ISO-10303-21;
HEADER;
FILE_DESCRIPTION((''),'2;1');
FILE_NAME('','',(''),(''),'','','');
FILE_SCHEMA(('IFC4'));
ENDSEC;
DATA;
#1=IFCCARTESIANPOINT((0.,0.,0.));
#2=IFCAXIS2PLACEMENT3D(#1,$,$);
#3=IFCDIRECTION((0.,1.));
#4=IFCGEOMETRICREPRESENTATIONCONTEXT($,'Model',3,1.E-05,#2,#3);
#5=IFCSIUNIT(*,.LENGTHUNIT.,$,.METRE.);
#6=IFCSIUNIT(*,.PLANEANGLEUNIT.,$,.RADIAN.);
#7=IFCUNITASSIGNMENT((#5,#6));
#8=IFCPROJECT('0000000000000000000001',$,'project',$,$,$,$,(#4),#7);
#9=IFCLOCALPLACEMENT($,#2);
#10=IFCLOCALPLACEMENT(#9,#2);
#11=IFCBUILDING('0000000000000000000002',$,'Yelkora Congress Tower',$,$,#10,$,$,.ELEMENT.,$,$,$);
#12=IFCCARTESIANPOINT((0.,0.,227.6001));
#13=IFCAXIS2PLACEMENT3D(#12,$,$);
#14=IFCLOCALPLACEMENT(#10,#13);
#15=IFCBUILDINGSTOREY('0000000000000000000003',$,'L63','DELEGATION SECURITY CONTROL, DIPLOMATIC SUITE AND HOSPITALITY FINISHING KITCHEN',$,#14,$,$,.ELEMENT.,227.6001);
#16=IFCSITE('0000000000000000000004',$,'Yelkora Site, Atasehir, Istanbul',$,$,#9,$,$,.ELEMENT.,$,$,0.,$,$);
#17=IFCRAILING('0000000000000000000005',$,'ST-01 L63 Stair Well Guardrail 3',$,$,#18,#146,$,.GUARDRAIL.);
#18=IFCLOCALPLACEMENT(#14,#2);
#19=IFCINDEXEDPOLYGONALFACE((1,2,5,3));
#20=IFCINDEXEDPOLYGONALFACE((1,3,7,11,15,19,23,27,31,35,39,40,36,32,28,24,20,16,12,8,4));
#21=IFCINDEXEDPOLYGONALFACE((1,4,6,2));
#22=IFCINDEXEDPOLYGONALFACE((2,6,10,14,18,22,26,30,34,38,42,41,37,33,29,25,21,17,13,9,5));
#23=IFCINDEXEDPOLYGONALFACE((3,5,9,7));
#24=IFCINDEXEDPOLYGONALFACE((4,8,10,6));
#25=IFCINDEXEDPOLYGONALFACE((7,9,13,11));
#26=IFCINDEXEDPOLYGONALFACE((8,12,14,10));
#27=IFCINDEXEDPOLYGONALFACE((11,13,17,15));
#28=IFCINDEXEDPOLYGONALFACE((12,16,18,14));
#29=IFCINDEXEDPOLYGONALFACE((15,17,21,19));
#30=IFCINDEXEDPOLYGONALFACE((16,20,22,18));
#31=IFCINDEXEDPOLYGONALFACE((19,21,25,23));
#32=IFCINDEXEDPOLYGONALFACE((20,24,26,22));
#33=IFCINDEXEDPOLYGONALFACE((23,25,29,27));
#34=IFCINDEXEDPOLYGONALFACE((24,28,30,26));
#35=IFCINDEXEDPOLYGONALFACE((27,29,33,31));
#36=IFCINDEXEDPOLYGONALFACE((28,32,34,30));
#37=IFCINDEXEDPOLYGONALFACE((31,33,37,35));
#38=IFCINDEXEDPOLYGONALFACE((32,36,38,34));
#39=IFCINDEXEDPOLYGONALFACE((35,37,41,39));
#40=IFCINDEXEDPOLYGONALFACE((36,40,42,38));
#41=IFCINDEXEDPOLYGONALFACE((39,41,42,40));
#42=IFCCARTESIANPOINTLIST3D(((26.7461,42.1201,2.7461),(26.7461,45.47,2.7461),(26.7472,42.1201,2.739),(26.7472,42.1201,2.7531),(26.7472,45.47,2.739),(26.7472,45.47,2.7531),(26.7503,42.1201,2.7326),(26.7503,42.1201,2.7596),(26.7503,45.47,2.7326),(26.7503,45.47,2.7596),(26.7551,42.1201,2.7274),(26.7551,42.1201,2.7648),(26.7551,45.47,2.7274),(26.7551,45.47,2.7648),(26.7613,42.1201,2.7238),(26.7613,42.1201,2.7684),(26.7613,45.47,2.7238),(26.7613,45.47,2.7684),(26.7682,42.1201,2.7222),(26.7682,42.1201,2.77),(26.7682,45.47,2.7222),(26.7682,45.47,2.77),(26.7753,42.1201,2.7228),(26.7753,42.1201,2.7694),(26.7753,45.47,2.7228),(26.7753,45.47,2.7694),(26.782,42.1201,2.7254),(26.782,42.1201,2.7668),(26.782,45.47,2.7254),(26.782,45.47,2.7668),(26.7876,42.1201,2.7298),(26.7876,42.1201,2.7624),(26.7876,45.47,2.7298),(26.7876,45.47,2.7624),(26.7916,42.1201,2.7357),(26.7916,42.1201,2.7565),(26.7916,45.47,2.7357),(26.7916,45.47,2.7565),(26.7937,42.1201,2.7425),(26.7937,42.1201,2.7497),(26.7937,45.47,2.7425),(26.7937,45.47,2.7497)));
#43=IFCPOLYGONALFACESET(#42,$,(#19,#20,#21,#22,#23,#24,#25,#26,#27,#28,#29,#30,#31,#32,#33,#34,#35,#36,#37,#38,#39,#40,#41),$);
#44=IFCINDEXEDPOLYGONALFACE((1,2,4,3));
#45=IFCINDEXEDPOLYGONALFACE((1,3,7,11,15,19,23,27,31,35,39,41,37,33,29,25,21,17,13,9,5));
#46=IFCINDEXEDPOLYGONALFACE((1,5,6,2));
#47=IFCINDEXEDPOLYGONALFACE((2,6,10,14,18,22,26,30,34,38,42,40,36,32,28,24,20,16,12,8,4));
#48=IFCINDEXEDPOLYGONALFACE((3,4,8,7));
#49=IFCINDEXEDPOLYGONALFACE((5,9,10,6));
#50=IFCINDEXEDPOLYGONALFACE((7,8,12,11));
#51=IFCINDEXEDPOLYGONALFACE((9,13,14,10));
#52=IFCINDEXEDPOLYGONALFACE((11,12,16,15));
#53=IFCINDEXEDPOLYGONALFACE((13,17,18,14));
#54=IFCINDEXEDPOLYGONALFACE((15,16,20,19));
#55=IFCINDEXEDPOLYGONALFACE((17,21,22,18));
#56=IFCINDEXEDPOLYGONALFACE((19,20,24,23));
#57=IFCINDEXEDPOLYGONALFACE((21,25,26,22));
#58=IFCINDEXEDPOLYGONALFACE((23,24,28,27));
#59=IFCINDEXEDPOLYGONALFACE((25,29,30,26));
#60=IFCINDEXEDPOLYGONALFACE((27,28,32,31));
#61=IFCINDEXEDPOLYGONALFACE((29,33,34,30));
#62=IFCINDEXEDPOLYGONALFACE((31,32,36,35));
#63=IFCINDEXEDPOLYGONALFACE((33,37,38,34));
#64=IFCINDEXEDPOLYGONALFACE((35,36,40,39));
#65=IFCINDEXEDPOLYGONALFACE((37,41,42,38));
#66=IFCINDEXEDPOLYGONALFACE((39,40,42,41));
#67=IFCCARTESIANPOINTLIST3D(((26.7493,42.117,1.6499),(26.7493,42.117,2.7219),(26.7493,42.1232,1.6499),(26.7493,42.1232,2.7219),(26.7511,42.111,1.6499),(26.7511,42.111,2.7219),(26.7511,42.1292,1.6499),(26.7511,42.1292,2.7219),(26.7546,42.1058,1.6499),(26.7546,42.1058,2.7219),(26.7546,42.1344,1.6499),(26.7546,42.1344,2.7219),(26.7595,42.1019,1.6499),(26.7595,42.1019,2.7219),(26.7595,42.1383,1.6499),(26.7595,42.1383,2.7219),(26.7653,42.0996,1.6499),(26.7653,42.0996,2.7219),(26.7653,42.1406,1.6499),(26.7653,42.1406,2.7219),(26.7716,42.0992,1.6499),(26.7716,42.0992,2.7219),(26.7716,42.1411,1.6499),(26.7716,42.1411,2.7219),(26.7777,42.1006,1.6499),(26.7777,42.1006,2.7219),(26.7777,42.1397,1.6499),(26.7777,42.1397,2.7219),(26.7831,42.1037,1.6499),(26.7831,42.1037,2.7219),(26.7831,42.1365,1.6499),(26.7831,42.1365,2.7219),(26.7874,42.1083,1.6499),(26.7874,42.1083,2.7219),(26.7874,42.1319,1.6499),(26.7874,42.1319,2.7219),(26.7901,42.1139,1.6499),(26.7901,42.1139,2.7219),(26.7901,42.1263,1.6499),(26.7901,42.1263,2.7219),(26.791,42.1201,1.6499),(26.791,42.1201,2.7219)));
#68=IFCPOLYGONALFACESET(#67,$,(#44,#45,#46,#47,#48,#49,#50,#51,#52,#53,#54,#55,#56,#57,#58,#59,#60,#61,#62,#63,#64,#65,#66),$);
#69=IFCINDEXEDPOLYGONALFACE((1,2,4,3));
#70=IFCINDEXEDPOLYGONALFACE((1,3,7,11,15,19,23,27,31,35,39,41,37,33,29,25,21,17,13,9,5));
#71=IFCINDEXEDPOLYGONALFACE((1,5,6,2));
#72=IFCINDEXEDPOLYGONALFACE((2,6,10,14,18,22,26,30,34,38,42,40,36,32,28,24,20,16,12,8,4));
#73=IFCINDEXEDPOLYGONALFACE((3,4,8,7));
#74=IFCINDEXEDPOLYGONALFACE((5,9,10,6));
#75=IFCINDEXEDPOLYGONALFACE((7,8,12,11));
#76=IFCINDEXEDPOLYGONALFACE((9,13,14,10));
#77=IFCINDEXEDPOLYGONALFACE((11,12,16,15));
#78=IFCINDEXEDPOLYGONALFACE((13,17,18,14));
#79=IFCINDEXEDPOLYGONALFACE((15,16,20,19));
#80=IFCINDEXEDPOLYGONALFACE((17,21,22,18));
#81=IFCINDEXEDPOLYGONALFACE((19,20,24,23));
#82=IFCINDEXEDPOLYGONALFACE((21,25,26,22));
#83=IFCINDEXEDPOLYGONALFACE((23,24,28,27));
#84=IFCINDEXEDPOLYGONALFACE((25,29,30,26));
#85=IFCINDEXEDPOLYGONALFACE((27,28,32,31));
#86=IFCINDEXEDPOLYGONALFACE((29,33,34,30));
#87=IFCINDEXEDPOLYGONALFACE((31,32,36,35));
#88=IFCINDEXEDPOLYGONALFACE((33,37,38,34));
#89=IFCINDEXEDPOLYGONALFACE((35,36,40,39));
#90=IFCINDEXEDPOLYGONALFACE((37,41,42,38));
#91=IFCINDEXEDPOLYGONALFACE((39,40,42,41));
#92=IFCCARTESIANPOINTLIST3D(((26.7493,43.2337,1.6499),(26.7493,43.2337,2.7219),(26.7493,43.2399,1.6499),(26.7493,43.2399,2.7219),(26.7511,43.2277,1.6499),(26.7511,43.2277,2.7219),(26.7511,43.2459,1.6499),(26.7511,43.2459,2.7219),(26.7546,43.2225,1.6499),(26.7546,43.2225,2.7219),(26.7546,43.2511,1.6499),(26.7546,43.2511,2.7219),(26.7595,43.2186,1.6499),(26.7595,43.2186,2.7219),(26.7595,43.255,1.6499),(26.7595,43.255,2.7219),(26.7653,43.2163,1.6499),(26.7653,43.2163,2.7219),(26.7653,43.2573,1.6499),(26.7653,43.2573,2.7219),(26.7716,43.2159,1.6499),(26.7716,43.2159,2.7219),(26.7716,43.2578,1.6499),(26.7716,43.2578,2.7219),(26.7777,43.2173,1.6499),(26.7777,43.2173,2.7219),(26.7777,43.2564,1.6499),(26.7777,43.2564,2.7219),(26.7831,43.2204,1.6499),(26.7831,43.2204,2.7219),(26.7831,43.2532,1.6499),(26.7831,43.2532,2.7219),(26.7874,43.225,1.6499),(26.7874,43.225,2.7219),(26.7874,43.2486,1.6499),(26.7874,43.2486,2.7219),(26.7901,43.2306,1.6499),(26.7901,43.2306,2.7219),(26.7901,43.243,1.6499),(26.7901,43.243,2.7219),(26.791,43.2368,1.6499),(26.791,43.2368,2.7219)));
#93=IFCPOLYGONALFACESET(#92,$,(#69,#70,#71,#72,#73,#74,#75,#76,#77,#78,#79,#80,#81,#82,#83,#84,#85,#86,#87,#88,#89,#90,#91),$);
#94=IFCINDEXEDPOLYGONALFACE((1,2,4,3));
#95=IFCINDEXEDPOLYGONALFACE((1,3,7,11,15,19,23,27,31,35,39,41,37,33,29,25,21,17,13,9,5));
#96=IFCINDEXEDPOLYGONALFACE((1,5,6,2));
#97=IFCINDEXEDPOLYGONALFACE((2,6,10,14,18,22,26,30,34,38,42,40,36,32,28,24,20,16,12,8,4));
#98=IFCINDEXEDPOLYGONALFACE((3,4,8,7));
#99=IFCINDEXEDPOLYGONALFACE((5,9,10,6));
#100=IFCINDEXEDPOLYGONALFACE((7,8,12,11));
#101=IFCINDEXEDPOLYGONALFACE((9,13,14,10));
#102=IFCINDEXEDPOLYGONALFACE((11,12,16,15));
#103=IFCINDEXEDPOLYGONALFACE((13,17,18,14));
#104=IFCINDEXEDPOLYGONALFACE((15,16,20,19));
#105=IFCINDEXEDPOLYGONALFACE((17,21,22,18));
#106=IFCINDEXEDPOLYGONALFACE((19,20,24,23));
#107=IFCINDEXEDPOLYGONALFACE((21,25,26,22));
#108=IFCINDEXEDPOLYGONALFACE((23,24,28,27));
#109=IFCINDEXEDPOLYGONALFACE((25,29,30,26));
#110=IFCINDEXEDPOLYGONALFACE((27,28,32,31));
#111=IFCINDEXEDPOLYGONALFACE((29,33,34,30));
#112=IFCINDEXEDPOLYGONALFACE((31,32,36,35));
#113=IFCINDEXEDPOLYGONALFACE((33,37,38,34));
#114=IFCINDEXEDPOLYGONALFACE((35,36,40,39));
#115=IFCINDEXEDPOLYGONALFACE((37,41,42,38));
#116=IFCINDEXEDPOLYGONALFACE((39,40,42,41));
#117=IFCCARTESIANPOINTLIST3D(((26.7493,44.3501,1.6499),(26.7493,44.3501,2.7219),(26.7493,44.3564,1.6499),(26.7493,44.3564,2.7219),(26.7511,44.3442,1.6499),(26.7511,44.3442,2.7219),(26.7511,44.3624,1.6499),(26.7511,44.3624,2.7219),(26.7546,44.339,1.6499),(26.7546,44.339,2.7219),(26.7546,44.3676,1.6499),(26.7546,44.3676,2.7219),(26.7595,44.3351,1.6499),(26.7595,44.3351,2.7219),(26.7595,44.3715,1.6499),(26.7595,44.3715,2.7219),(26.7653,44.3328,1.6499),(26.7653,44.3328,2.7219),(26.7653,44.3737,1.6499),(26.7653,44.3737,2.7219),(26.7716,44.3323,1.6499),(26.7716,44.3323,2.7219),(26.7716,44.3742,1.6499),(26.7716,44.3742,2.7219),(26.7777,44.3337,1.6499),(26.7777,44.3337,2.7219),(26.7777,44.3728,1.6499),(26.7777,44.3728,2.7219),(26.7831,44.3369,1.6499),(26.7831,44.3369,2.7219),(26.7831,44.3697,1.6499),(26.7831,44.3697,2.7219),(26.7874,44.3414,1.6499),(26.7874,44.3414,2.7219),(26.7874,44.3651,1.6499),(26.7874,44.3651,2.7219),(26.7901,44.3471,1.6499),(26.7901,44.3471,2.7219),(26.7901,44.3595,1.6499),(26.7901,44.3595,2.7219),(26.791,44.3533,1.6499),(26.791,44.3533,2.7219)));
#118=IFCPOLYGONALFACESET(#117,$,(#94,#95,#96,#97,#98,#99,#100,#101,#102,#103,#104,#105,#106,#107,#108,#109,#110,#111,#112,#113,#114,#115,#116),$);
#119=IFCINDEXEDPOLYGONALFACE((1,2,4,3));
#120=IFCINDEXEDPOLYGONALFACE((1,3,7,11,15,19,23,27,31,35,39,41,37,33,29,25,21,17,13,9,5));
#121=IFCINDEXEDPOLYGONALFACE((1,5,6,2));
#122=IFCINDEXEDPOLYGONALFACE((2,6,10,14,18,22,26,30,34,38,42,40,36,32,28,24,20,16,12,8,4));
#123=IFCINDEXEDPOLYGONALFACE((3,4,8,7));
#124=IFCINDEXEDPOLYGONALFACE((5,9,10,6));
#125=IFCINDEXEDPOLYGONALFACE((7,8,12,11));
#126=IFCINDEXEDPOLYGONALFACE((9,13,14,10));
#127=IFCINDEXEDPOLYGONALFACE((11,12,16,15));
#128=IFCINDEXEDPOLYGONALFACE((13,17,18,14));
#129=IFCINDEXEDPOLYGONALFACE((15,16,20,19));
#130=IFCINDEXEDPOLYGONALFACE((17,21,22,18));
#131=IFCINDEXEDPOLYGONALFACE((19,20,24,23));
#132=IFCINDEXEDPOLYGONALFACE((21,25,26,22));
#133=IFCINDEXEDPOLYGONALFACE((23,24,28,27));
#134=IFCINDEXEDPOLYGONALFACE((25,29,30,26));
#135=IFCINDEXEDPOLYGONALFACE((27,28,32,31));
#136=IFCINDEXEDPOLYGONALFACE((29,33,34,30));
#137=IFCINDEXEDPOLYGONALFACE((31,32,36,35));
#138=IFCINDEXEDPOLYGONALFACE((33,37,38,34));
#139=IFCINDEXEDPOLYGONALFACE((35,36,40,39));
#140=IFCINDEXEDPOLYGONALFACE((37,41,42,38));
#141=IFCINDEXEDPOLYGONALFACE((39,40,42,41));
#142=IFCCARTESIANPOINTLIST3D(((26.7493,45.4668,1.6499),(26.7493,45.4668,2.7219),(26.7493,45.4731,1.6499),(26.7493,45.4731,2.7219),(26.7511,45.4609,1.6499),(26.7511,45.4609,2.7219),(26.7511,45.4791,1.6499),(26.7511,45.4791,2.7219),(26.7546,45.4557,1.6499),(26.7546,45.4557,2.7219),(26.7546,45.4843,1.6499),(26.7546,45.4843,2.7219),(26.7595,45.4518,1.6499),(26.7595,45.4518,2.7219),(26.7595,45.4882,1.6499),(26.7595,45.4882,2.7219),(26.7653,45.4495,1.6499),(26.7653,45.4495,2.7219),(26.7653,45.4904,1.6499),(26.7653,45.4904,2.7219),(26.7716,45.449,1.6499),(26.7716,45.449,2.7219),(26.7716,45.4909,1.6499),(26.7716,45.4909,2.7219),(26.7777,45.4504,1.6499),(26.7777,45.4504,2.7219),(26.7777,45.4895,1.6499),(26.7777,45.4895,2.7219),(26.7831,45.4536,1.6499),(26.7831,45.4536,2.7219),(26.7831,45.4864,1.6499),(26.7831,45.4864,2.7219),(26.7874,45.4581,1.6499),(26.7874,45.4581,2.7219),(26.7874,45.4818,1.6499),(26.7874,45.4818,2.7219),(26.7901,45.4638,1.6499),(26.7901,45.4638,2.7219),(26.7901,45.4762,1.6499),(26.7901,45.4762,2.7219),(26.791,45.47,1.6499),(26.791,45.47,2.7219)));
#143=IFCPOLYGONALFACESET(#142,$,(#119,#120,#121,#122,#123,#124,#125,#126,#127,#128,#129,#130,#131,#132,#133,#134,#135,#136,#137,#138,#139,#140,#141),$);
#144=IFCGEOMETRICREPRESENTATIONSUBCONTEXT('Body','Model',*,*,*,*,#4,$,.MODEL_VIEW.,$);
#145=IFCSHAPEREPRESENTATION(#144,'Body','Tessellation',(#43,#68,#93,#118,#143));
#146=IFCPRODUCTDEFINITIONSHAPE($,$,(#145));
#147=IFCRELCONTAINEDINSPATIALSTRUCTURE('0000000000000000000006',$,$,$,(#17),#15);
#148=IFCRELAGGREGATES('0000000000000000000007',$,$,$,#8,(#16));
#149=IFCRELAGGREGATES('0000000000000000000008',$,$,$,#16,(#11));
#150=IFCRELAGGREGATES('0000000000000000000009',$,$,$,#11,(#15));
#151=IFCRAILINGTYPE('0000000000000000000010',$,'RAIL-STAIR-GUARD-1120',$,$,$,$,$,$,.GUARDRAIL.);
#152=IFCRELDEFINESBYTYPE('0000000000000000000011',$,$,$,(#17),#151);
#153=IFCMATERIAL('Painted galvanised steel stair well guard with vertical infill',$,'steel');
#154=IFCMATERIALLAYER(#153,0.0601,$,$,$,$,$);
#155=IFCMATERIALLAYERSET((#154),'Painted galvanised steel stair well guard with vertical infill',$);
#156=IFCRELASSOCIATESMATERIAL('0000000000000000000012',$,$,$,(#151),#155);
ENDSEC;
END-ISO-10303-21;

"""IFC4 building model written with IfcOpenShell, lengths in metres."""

from ifc_helpers import new_model, si_unit, direction, frame, origin, origin_2d, place, context, subcontext, project, spatial, circle, extrude, material, layer, layer_set, type_object, element, save


model = new_model("IFC4")

# Units and contexts
model_context = context("Model", 3, precision=1e-05, world=origin(), true_north=direction((0.0, 1.0)))
body_context = subcontext(model_context, "Body", "Model", "MODEL_VIEW")
ifc_project = project(units=[si_unit("LENGTHUNIT", "METRE"), si_unit("PLANEANGLEUNIT", "RADIAN")], contexts=[model_context])

# Site, building, storey
site_placement = place(None, origin())
site = spatial("IfcSite", under=ifc_project, at=site_placement, Name="Yelkora Site, Atasehir, Istanbul", CompositionType="ELEMENT", RefElevation=0.0)
building_placement = place(site_placement, origin())
building = spatial("IfcBuilding", under=site, at=building_placement, Name="Yelkora Congress Tower", CompositionType="ELEMENT")
storey_placement = place(building_placement, frame((0.0, 0.0, 227.6001)))
storey = spatial("IfcBuildingStorey", under=building, at=storey_placement, Name="L63", Description="DELEGATION SECURITY CONTROL, DIPLOMATIC SUITE AND HOSPITALITY FINISHING KITCHEN", CompositionType="ELEMENT", Elevation=227.6001)

# Railing
ifc_material_1 = material(Name="Painted galvanised steel stair well guard with vertical infill", Category="steel")
ifc_layer_1 = layer(ifc_material_1, 0.0601)
ifc_layer_set_1 = layer_set([ifc_layer_1], Name="Painted galvanised steel stair well guard with vertical infill")
railing_type = type_object("IfcRailingType", Name="RAIL-STAIR-GUARD-1120", PredefinedType="GUARDRAIL", material=ifc_layer_set_1)
railing_1_placement = place(storey_placement, frame((26.77, 42.1201, 1.6499)))
element("IfcRailing", 1, at=railing_1_placement, inside=storey, type_object=railing_type, Name="ST-01 L63 Stair Well Guardrail 3", PredefinedType="GUARDRAIL", context=body_context, shape_type="SweptSolid", body=[
    extrude(circle(Radius=0.0239, at=origin_2d()), frame((0.0, 0.0, 1.0962), z_axis=(0.0, 1.0, 0.0), x_axis=(-1.0, 0.0, 0.0)), (0.0, 0.0, 1.0), 3.3499),
    extrude(circle(Radius=0.021, at=origin_2d()), origin(), (0.0, 0.0, 1.0), 1.072),
    extrude(circle(Radius=0.021, at=origin_2d()), frame((0.0, 1.1167, 0.0)), (0.0, 0.0, 1.0), 1.072),
    extrude(circle(Radius=0.021, at=origin_2d()), frame((0.0, 2.2332, 0.0)), (0.0, 0.0, 1.0), 1.072),
    extrude(circle(Radius=0.021, at=origin_2d()), frame((0.0, 3.3499, 0.0)), (0.0, 0.0, 1.0), 1.072),
])

save(model, "model.ifc")
